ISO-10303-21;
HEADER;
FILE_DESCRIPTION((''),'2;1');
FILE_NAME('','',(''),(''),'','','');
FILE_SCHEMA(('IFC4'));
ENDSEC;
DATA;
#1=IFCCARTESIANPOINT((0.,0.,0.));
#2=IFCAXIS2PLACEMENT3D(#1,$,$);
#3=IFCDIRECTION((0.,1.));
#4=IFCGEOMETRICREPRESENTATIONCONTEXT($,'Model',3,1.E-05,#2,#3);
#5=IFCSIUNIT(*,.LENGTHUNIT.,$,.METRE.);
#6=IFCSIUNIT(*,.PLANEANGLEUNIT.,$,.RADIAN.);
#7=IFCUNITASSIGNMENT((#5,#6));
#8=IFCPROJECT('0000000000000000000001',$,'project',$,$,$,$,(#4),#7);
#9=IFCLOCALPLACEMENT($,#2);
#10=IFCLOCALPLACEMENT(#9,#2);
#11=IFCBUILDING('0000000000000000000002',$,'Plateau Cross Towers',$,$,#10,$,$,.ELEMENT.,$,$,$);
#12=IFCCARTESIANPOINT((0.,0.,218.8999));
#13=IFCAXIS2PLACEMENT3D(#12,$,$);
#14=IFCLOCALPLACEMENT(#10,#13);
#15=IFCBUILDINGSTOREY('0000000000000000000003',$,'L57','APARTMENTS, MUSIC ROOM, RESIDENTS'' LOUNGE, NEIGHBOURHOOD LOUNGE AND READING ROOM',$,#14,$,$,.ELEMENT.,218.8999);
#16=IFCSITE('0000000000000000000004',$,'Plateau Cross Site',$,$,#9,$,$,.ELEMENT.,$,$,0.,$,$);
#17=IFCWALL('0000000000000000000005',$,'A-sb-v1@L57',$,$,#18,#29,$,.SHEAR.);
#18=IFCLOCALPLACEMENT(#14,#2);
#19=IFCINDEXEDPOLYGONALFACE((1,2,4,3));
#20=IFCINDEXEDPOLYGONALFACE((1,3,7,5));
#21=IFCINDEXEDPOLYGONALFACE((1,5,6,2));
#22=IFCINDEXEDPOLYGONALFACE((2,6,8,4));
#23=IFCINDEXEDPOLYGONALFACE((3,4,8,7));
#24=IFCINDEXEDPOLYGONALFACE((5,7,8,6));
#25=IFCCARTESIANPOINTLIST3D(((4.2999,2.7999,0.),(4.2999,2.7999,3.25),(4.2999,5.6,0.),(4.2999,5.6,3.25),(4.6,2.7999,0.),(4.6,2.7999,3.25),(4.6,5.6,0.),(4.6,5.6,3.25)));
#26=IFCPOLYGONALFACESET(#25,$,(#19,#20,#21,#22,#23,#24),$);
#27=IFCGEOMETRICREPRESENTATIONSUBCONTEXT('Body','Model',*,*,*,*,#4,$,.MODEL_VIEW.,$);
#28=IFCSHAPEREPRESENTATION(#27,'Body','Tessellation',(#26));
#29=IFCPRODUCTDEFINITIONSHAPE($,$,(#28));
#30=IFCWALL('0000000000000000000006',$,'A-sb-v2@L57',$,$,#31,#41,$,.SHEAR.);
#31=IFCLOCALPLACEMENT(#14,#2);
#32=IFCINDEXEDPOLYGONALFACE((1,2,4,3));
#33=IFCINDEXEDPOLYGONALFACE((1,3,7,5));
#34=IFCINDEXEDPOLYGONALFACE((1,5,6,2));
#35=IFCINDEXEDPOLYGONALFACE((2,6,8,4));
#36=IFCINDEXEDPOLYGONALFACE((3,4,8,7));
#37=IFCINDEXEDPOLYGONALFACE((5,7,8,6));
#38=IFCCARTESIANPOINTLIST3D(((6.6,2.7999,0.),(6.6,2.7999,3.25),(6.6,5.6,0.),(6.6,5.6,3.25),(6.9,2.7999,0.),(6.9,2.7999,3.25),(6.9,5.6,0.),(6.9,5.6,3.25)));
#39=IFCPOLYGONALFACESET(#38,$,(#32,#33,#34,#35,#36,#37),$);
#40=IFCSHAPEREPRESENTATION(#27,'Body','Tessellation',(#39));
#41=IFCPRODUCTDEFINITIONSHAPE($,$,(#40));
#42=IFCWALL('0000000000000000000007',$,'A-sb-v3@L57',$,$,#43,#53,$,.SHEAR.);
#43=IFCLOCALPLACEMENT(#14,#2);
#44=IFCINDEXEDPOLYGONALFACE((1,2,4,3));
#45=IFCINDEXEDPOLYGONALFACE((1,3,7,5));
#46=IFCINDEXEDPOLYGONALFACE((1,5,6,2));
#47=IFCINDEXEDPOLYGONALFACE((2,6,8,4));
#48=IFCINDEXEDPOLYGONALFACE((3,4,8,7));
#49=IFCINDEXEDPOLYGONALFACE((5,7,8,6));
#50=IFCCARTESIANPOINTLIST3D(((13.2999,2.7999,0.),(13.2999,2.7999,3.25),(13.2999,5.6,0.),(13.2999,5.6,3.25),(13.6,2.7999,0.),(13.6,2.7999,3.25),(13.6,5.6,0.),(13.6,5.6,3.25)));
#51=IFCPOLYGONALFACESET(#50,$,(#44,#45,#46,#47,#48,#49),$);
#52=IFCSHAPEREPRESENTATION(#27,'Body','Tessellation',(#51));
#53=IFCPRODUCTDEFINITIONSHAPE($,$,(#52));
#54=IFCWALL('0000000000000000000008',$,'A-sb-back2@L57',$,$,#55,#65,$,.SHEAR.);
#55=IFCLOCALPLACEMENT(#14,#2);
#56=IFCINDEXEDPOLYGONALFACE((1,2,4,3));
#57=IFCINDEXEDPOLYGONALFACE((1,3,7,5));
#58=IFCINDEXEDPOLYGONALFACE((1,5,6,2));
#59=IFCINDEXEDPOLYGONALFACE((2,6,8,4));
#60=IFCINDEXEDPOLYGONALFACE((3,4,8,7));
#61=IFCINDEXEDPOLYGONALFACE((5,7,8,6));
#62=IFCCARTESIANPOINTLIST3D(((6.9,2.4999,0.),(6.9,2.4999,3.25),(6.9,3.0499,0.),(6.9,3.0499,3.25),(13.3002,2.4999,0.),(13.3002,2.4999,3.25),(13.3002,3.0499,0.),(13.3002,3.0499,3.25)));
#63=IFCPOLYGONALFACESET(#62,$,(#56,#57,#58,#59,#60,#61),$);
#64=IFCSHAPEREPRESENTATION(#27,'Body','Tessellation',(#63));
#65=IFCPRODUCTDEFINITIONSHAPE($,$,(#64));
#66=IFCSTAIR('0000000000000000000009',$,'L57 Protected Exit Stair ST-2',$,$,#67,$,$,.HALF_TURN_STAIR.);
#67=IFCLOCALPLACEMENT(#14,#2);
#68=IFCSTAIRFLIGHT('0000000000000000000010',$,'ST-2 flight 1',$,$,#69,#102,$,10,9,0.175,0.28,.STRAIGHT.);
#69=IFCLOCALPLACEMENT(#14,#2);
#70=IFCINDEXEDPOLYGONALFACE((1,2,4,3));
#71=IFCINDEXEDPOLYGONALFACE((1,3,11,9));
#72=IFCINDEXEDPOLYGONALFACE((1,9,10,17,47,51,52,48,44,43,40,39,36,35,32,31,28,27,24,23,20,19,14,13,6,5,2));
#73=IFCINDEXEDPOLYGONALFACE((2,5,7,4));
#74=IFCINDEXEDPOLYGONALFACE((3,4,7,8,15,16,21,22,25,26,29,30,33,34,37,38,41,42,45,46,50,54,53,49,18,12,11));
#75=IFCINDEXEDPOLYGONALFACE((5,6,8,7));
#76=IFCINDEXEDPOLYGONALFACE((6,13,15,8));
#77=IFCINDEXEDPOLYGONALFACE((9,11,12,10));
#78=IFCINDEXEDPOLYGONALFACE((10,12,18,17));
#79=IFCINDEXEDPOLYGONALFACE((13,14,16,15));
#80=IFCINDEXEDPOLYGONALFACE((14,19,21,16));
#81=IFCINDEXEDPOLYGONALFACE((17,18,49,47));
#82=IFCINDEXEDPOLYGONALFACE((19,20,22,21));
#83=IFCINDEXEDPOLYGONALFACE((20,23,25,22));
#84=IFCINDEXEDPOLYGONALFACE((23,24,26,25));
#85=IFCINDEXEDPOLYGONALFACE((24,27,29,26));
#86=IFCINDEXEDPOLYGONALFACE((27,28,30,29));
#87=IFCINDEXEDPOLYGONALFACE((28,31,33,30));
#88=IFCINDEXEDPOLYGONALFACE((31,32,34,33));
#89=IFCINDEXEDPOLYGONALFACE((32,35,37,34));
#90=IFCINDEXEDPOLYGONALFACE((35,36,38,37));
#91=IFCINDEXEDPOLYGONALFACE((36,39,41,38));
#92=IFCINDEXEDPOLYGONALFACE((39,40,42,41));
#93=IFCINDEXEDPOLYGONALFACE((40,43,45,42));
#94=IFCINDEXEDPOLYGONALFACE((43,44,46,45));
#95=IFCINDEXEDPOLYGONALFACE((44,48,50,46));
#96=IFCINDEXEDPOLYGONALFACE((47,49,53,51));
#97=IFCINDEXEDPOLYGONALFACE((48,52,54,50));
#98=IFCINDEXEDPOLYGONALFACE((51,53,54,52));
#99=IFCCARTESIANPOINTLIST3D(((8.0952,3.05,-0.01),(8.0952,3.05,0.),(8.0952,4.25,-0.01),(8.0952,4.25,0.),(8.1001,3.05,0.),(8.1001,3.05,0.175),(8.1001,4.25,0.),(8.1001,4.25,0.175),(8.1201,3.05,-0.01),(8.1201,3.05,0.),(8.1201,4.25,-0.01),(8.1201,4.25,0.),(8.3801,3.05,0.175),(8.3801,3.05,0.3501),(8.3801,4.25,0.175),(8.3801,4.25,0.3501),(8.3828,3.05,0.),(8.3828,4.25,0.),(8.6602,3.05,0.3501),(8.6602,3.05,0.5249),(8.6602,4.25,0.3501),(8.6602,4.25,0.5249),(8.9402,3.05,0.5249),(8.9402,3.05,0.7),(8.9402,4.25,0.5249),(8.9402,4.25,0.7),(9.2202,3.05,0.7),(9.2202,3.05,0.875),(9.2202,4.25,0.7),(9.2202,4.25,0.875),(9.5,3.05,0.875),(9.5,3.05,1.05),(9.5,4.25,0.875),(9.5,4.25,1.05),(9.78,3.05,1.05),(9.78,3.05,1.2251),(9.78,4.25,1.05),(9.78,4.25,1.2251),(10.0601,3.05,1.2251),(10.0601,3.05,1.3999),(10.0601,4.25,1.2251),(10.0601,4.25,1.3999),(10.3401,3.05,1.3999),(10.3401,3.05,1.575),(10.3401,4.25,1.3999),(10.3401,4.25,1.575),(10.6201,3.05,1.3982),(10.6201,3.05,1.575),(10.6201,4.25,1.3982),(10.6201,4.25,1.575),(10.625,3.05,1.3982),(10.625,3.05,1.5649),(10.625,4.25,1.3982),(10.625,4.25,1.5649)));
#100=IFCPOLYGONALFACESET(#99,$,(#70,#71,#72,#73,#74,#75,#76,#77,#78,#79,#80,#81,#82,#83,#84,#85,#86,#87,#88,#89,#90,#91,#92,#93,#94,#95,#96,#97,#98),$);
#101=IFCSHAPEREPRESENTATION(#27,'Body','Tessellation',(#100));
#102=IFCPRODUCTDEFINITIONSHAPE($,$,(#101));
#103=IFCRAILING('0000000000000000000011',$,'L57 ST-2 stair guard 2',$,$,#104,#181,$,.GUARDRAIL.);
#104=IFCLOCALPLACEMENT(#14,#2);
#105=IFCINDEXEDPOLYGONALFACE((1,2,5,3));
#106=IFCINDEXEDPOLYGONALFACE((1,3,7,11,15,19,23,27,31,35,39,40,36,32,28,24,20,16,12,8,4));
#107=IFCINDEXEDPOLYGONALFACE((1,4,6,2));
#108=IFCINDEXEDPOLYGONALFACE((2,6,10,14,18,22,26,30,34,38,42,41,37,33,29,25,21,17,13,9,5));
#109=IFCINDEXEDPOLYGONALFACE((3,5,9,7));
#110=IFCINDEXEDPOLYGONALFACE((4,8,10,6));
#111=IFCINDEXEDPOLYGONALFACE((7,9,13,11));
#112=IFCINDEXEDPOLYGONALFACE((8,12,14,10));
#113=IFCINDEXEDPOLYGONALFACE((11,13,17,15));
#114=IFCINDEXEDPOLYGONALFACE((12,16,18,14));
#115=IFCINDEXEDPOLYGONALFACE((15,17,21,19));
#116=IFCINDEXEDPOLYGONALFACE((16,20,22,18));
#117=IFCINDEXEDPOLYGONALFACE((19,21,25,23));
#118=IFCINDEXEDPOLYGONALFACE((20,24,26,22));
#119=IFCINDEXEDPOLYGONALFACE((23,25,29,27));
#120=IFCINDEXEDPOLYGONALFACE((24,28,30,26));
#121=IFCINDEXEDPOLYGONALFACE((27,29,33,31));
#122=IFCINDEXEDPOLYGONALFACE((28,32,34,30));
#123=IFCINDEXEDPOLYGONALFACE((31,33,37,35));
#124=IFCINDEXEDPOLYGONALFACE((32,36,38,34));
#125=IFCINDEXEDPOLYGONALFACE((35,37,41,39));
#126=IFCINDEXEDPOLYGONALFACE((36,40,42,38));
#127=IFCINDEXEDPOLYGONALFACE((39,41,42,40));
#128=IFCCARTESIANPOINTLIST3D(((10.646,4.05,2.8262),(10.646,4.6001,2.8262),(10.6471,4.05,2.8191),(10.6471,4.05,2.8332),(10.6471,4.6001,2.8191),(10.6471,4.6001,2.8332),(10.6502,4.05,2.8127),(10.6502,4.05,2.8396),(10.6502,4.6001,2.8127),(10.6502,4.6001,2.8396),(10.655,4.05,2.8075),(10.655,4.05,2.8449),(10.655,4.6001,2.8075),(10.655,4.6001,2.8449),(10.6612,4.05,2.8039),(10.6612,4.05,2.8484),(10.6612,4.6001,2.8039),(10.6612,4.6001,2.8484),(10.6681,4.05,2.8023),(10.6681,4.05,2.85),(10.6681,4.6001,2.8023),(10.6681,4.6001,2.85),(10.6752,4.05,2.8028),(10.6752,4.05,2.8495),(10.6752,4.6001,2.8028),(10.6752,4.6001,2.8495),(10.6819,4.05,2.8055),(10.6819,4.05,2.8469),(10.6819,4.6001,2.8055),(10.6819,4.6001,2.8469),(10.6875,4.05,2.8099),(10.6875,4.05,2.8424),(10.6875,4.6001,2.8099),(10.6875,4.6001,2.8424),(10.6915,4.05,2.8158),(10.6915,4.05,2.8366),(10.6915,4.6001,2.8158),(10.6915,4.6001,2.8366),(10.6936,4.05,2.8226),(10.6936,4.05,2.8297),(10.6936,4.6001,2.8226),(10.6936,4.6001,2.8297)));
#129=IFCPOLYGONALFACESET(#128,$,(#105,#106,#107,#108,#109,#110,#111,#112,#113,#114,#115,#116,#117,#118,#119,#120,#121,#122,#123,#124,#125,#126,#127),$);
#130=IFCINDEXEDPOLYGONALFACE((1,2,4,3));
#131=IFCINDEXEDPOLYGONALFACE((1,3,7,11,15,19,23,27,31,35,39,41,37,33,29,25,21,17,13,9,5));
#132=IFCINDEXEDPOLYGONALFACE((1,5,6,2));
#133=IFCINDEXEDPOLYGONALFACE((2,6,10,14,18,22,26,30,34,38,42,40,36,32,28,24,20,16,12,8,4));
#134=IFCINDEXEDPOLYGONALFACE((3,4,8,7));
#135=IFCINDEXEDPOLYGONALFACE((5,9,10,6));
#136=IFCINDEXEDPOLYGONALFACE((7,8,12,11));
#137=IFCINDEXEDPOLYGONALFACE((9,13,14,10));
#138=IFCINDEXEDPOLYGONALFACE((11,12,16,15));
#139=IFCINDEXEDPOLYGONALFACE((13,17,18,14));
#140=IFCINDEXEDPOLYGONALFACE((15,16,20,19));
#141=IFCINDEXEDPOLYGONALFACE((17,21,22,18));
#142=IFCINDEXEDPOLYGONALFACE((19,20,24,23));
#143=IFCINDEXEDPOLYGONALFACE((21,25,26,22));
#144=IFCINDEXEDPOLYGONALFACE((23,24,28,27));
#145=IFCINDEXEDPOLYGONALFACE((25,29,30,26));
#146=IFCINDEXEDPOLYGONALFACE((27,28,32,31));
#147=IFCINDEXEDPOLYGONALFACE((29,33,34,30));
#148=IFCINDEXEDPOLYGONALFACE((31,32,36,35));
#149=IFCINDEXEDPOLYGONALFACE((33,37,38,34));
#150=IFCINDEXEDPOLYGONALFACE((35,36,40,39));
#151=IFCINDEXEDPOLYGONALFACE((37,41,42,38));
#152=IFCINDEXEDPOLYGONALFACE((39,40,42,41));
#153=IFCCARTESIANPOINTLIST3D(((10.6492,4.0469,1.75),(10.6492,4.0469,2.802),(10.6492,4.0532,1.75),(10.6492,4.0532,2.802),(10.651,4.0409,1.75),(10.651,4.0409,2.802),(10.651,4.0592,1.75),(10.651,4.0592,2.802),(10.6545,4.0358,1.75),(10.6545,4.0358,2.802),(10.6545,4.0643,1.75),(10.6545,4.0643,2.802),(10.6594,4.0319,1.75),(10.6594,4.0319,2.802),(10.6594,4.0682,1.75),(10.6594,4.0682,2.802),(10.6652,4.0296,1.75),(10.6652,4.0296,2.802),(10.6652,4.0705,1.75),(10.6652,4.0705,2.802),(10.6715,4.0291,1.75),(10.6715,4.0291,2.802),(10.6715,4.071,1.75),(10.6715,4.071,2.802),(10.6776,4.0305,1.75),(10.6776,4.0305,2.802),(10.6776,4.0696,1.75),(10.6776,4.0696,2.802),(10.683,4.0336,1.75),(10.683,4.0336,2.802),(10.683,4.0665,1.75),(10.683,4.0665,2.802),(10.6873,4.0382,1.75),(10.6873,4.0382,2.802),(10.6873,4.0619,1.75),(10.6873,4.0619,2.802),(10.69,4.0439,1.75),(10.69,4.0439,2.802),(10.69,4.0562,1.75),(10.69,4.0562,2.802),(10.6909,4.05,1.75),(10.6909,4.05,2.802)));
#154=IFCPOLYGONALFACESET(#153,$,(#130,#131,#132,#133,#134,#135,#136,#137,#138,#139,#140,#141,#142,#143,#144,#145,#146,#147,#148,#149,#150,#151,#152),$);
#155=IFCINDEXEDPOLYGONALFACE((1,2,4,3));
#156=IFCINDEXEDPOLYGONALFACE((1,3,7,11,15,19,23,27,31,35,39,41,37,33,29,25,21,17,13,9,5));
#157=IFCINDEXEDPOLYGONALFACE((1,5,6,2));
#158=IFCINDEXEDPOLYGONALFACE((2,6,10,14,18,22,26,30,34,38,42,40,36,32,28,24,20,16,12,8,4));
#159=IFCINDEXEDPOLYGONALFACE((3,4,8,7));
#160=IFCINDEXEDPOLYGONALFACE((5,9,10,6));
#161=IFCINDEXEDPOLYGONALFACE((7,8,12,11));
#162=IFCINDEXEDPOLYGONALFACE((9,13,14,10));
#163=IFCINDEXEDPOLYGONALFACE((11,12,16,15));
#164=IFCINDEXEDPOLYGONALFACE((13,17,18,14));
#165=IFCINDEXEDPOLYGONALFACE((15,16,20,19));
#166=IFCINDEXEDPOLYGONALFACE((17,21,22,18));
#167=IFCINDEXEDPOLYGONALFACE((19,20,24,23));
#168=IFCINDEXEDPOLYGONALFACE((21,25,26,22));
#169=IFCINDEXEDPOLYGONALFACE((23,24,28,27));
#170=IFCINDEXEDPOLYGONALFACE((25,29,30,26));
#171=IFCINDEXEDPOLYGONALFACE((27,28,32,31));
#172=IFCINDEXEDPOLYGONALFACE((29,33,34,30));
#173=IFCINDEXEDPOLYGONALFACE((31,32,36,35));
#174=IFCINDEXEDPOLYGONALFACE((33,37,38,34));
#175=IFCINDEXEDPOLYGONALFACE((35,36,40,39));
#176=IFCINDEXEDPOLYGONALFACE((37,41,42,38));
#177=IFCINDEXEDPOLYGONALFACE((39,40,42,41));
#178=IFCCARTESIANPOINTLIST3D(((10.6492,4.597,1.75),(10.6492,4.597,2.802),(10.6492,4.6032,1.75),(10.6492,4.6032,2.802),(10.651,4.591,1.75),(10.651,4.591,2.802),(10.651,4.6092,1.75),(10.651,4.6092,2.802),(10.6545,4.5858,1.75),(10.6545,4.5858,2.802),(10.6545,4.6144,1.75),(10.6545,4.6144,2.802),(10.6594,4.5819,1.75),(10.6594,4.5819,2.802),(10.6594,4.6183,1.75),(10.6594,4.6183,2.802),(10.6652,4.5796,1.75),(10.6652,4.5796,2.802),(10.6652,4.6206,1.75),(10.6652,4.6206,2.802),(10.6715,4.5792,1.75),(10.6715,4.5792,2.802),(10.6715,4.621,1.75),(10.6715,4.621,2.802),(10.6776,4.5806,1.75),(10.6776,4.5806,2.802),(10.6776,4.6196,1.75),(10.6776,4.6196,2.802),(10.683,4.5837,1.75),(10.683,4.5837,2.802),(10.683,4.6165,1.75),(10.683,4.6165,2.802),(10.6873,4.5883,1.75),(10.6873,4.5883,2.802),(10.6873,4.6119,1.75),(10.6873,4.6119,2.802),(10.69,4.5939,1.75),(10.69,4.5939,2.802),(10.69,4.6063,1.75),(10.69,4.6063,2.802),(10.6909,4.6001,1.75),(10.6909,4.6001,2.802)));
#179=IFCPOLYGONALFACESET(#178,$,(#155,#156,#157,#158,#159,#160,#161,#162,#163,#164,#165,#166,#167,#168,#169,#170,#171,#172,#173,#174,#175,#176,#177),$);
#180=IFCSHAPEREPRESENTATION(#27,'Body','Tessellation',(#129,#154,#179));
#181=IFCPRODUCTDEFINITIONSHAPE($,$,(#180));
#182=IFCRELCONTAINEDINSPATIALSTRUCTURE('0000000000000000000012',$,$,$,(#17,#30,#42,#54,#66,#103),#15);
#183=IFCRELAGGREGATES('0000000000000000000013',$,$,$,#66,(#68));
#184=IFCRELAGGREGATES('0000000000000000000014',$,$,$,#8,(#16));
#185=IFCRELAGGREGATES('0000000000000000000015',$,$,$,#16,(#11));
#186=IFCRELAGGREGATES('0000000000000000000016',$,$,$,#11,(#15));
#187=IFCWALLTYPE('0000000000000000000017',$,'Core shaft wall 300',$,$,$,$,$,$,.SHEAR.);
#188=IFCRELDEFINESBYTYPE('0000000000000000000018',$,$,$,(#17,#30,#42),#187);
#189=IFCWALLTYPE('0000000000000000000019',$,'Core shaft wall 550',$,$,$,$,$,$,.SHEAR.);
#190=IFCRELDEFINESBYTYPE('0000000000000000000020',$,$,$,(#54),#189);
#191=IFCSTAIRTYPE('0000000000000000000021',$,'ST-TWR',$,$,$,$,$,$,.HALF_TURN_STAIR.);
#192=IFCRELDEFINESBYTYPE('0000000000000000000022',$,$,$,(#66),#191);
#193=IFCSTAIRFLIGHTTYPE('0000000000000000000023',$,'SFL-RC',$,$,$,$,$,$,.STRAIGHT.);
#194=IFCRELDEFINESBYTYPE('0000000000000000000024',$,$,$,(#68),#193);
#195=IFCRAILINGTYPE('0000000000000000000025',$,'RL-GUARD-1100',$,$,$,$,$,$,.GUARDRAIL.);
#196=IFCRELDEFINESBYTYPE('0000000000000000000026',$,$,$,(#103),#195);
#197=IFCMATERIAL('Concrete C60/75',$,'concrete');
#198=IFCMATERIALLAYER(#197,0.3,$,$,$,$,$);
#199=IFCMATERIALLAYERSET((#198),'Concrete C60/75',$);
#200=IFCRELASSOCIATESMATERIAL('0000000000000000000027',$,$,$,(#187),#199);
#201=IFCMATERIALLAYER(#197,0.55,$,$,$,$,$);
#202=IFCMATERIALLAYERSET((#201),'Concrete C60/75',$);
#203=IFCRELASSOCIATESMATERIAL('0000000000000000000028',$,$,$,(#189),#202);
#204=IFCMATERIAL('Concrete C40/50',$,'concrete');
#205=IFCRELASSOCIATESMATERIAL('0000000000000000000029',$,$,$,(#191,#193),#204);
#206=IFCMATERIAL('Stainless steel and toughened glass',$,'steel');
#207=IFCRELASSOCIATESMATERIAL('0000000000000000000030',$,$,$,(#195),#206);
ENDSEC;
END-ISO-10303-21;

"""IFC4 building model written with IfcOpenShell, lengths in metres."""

from ifc_helpers import new_model, si_unit, direction, frame, frame_2d, origin, origin_2d, place, context, subcontext, project, spatial, polyline, rectangle, circle, outline, extrude, material, layer, layer_set, type_object, element, aggregate, save


model = new_model("IFC4")

# Units and contexts
model_context = context("Model", 3, precision=1e-05, world=origin(), true_north=direction((0.0, 1.0)))
body_context = subcontext(model_context, "Body", "Model", "MODEL_VIEW")
ifc_project = project(units=[si_unit("LENGTHUNIT", "METRE"), si_unit("PLANEANGLEUNIT", "RADIAN")], contexts=[model_context])

# Site, building, storey
site_placement = place(None, origin())
site = spatial("IfcSite", under=ifc_project, at=site_placement, Name="Plateau Cross Site", CompositionType="ELEMENT", RefElevation=0.0)
building_placement = place(site_placement, origin())
building = spatial("IfcBuilding", under=site, at=building_placement, Name="Plateau Cross Towers", CompositionType="ELEMENT")
storey_placement = place(building_placement, frame((0.0, 0.0, 218.8999)))
storey = spatial("IfcBuildingStorey", under=building, at=storey_placement, Name="L57", Description="APARTMENTS, MUSIC ROOM, RESIDENTS' LOUNGE, NEIGHBOURHOOD LOUNGE AND READING ROOM", CompositionType="ELEMENT", Elevation=218.8999)

# Walls
ifc_material_1 = material(Name="Concrete C60/75", Category="concrete")
ifc_layer_1 = layer(ifc_material_1, 0.3)
ifc_layer_set_1 = layer_set([ifc_layer_1], Name="Concrete C60/75")
wall_type_1 = type_object("IfcWallType", Name="Core shaft wall 300", PredefinedType="SHEAR", material=ifc_layer_set_1)
for number, where, z_axis, x_axis, name in (
    (1, (4.45, 2.8, 0.0), (0.0, 0.0, 1.0), (0.0, 1.0, 0.0), "A-sb-v1@L57"),
    (2, (6.75, 2.8, 0.0), (0.0, 0.0, 1.0), (0.0, 1.0, 0.0), "A-sb-v2@L57"),
    (3, (13.45, 2.8, 0.0), (0.0, 0.0, 1.0), (0.0, 1.0, 0.0), "A-sb-v3@L57"),
):
    element("IfcWall", number, at=place(storey_placement, frame(where, z_axis=z_axis, x_axis=x_axis)), inside=storey, type_object=wall_type_1, Name=name, PredefinedType="SHEAR", context=body_context, shape_type="SweptSolid", body=[
        extrude(rectangle(XDim=2.8, YDim=0.3, at=frame_2d((1.3999, 0.0))), origin(), (0.0, 0.0, 1.0), 3.25),
    ])
ifc_layer_2 = layer(ifc_material_1, 0.55)
ifc_layer_set_2 = layer_set([ifc_layer_2], Name="Concrete C60/75")
wall_type_2 = type_object("IfcWallType", Name="Core shaft wall 550", PredefinedType="SHEAR", material=ifc_layer_set_2)
wall_1_placement = place(storey_placement, frame((6.8999, 2.7749, 0.0), z_axis=(0.0, 0.0, 1.0), x_axis=(1.0, 0.0, 0.0)))
element("IfcWall", 4, at=wall_1_placement, inside=storey, type_object=wall_type_2, Name="A-sb-back2@L57", PredefinedType="SHEAR", context=body_context, shape_type="SweptSolid", body=[
    extrude(rectangle(XDim=6.4001, YDim=0.55, at=frame_2d((3.2002, 0.0))), origin(), (0.0, 0.0, 1.0), 3.25),
])

# Stair, stair flight
ifc_material_2 = material(Name="Concrete C40/50", Category="concrete")
stair_type = type_object("IfcStairType", Name="ST-TWR", PredefinedType="HALF_TURN_STAIR", material=ifc_material_2)
stair_placement = place(storey_placement, origin())
stair = element("IfcStair", 5, at=stair_placement, inside=storey, type_object=stair_type, Name="L57 Protected Exit Stair ST-2", PredefinedType="HALF_TURN_STAIR")
stair_flight_type = type_object("IfcStairFlightType", Name="SFL-RC", PredefinedType="STRAIGHT", material=ifc_material_2)
stair_flight_placement = place(storey_placement, frame((8.1001, 3.6499, 0.0), z_axis=(0.0, 0.0, 1.0), x_axis=(1.0, 0.0, 0.0)))
stair_flight = element("IfcStairFlight", 6, at=stair_flight_placement, type_object=stair_flight_type, Name="ST-2 flight 1", NumberOfRisers=10, NumberOfTreads=9, PredefinedType="STRAIGHT", RiserHeight=0.175, TreadLength=0.28, context=body_context, shape_type="SweptSolid", body=[
    extrude(outline(polyline([(-0.0049, -0.01), (-0.0049, 0.0), (0.0, 0.0), (0.0, 0.175), (0.28, 0.175), (0.28, 0.3501), (0.5601, 0.3501), (0.5601, 0.5249), (0.8401, 0.5249), (0.8401, 0.7), (1.1201, 0.7), (1.1201, 0.875), (1.3999, 0.875), (1.3999, 1.05), (1.6799, 1.05), (1.6799, 1.2251), (1.96, 1.2251), (1.96, 1.3999), (2.24, 1.3999), (2.24, 1.575), (2.52, 1.575), (2.5249, 1.5649), (2.5249, 1.3982), (2.52, 1.3982), (0.2827, 0.0), (0.02, 0.0), (0.02, -0.01), (-0.0049, -0.01)])), frame((0.0, 0.6001, 0.0), z_axis=(0.0, -1.0, 0.0), x_axis=(1.0, 0.0, 0.0)), (0.0, 0.0, 1.0), 1.2),
])
aggregate(stair, [stair_flight])

# Railing
ifc_material_3 = material(Name="Stainless steel and toughened glass", Category="steel")
railing_type_1 = type_object("IfcRailingType", Name="RL-GUARD-1100", PredefinedType="GUARDRAIL", material=ifc_material_3)
for number, where, name in (
    (7, (10.6699, 4.05, 1.75), "L57 ST-2 stair guard 2"),
):
    element("IfcRailing", number, at=place(storey_placement, frame(where)), inside=storey, type_object=railing_type_1, Name=name, PredefinedType="GUARDRAIL", context=body_context, shape_type="SweptSolid", body=[
        extrude(circle(Radius=0.0239, at=origin_2d()), frame((0.0, 0.0, 1.0762), z_axis=(0.0, 1.0, 0.0), x_axis=(-1.0, 0.0, 0.0)), (0.0, 0.0, 1.0), 0.55),
        extrude(circle(Radius=0.021, at=origin_2d()), origin(), (0.0, 0.0, 1.0), 1.052),
        extrude(circle(Radius=0.021, at=origin_2d()), frame((0.0, 0.55, 0.0)), (0.0, 0.0, 1.0), 1.052),
    ])

save(model, "model.ifc")
